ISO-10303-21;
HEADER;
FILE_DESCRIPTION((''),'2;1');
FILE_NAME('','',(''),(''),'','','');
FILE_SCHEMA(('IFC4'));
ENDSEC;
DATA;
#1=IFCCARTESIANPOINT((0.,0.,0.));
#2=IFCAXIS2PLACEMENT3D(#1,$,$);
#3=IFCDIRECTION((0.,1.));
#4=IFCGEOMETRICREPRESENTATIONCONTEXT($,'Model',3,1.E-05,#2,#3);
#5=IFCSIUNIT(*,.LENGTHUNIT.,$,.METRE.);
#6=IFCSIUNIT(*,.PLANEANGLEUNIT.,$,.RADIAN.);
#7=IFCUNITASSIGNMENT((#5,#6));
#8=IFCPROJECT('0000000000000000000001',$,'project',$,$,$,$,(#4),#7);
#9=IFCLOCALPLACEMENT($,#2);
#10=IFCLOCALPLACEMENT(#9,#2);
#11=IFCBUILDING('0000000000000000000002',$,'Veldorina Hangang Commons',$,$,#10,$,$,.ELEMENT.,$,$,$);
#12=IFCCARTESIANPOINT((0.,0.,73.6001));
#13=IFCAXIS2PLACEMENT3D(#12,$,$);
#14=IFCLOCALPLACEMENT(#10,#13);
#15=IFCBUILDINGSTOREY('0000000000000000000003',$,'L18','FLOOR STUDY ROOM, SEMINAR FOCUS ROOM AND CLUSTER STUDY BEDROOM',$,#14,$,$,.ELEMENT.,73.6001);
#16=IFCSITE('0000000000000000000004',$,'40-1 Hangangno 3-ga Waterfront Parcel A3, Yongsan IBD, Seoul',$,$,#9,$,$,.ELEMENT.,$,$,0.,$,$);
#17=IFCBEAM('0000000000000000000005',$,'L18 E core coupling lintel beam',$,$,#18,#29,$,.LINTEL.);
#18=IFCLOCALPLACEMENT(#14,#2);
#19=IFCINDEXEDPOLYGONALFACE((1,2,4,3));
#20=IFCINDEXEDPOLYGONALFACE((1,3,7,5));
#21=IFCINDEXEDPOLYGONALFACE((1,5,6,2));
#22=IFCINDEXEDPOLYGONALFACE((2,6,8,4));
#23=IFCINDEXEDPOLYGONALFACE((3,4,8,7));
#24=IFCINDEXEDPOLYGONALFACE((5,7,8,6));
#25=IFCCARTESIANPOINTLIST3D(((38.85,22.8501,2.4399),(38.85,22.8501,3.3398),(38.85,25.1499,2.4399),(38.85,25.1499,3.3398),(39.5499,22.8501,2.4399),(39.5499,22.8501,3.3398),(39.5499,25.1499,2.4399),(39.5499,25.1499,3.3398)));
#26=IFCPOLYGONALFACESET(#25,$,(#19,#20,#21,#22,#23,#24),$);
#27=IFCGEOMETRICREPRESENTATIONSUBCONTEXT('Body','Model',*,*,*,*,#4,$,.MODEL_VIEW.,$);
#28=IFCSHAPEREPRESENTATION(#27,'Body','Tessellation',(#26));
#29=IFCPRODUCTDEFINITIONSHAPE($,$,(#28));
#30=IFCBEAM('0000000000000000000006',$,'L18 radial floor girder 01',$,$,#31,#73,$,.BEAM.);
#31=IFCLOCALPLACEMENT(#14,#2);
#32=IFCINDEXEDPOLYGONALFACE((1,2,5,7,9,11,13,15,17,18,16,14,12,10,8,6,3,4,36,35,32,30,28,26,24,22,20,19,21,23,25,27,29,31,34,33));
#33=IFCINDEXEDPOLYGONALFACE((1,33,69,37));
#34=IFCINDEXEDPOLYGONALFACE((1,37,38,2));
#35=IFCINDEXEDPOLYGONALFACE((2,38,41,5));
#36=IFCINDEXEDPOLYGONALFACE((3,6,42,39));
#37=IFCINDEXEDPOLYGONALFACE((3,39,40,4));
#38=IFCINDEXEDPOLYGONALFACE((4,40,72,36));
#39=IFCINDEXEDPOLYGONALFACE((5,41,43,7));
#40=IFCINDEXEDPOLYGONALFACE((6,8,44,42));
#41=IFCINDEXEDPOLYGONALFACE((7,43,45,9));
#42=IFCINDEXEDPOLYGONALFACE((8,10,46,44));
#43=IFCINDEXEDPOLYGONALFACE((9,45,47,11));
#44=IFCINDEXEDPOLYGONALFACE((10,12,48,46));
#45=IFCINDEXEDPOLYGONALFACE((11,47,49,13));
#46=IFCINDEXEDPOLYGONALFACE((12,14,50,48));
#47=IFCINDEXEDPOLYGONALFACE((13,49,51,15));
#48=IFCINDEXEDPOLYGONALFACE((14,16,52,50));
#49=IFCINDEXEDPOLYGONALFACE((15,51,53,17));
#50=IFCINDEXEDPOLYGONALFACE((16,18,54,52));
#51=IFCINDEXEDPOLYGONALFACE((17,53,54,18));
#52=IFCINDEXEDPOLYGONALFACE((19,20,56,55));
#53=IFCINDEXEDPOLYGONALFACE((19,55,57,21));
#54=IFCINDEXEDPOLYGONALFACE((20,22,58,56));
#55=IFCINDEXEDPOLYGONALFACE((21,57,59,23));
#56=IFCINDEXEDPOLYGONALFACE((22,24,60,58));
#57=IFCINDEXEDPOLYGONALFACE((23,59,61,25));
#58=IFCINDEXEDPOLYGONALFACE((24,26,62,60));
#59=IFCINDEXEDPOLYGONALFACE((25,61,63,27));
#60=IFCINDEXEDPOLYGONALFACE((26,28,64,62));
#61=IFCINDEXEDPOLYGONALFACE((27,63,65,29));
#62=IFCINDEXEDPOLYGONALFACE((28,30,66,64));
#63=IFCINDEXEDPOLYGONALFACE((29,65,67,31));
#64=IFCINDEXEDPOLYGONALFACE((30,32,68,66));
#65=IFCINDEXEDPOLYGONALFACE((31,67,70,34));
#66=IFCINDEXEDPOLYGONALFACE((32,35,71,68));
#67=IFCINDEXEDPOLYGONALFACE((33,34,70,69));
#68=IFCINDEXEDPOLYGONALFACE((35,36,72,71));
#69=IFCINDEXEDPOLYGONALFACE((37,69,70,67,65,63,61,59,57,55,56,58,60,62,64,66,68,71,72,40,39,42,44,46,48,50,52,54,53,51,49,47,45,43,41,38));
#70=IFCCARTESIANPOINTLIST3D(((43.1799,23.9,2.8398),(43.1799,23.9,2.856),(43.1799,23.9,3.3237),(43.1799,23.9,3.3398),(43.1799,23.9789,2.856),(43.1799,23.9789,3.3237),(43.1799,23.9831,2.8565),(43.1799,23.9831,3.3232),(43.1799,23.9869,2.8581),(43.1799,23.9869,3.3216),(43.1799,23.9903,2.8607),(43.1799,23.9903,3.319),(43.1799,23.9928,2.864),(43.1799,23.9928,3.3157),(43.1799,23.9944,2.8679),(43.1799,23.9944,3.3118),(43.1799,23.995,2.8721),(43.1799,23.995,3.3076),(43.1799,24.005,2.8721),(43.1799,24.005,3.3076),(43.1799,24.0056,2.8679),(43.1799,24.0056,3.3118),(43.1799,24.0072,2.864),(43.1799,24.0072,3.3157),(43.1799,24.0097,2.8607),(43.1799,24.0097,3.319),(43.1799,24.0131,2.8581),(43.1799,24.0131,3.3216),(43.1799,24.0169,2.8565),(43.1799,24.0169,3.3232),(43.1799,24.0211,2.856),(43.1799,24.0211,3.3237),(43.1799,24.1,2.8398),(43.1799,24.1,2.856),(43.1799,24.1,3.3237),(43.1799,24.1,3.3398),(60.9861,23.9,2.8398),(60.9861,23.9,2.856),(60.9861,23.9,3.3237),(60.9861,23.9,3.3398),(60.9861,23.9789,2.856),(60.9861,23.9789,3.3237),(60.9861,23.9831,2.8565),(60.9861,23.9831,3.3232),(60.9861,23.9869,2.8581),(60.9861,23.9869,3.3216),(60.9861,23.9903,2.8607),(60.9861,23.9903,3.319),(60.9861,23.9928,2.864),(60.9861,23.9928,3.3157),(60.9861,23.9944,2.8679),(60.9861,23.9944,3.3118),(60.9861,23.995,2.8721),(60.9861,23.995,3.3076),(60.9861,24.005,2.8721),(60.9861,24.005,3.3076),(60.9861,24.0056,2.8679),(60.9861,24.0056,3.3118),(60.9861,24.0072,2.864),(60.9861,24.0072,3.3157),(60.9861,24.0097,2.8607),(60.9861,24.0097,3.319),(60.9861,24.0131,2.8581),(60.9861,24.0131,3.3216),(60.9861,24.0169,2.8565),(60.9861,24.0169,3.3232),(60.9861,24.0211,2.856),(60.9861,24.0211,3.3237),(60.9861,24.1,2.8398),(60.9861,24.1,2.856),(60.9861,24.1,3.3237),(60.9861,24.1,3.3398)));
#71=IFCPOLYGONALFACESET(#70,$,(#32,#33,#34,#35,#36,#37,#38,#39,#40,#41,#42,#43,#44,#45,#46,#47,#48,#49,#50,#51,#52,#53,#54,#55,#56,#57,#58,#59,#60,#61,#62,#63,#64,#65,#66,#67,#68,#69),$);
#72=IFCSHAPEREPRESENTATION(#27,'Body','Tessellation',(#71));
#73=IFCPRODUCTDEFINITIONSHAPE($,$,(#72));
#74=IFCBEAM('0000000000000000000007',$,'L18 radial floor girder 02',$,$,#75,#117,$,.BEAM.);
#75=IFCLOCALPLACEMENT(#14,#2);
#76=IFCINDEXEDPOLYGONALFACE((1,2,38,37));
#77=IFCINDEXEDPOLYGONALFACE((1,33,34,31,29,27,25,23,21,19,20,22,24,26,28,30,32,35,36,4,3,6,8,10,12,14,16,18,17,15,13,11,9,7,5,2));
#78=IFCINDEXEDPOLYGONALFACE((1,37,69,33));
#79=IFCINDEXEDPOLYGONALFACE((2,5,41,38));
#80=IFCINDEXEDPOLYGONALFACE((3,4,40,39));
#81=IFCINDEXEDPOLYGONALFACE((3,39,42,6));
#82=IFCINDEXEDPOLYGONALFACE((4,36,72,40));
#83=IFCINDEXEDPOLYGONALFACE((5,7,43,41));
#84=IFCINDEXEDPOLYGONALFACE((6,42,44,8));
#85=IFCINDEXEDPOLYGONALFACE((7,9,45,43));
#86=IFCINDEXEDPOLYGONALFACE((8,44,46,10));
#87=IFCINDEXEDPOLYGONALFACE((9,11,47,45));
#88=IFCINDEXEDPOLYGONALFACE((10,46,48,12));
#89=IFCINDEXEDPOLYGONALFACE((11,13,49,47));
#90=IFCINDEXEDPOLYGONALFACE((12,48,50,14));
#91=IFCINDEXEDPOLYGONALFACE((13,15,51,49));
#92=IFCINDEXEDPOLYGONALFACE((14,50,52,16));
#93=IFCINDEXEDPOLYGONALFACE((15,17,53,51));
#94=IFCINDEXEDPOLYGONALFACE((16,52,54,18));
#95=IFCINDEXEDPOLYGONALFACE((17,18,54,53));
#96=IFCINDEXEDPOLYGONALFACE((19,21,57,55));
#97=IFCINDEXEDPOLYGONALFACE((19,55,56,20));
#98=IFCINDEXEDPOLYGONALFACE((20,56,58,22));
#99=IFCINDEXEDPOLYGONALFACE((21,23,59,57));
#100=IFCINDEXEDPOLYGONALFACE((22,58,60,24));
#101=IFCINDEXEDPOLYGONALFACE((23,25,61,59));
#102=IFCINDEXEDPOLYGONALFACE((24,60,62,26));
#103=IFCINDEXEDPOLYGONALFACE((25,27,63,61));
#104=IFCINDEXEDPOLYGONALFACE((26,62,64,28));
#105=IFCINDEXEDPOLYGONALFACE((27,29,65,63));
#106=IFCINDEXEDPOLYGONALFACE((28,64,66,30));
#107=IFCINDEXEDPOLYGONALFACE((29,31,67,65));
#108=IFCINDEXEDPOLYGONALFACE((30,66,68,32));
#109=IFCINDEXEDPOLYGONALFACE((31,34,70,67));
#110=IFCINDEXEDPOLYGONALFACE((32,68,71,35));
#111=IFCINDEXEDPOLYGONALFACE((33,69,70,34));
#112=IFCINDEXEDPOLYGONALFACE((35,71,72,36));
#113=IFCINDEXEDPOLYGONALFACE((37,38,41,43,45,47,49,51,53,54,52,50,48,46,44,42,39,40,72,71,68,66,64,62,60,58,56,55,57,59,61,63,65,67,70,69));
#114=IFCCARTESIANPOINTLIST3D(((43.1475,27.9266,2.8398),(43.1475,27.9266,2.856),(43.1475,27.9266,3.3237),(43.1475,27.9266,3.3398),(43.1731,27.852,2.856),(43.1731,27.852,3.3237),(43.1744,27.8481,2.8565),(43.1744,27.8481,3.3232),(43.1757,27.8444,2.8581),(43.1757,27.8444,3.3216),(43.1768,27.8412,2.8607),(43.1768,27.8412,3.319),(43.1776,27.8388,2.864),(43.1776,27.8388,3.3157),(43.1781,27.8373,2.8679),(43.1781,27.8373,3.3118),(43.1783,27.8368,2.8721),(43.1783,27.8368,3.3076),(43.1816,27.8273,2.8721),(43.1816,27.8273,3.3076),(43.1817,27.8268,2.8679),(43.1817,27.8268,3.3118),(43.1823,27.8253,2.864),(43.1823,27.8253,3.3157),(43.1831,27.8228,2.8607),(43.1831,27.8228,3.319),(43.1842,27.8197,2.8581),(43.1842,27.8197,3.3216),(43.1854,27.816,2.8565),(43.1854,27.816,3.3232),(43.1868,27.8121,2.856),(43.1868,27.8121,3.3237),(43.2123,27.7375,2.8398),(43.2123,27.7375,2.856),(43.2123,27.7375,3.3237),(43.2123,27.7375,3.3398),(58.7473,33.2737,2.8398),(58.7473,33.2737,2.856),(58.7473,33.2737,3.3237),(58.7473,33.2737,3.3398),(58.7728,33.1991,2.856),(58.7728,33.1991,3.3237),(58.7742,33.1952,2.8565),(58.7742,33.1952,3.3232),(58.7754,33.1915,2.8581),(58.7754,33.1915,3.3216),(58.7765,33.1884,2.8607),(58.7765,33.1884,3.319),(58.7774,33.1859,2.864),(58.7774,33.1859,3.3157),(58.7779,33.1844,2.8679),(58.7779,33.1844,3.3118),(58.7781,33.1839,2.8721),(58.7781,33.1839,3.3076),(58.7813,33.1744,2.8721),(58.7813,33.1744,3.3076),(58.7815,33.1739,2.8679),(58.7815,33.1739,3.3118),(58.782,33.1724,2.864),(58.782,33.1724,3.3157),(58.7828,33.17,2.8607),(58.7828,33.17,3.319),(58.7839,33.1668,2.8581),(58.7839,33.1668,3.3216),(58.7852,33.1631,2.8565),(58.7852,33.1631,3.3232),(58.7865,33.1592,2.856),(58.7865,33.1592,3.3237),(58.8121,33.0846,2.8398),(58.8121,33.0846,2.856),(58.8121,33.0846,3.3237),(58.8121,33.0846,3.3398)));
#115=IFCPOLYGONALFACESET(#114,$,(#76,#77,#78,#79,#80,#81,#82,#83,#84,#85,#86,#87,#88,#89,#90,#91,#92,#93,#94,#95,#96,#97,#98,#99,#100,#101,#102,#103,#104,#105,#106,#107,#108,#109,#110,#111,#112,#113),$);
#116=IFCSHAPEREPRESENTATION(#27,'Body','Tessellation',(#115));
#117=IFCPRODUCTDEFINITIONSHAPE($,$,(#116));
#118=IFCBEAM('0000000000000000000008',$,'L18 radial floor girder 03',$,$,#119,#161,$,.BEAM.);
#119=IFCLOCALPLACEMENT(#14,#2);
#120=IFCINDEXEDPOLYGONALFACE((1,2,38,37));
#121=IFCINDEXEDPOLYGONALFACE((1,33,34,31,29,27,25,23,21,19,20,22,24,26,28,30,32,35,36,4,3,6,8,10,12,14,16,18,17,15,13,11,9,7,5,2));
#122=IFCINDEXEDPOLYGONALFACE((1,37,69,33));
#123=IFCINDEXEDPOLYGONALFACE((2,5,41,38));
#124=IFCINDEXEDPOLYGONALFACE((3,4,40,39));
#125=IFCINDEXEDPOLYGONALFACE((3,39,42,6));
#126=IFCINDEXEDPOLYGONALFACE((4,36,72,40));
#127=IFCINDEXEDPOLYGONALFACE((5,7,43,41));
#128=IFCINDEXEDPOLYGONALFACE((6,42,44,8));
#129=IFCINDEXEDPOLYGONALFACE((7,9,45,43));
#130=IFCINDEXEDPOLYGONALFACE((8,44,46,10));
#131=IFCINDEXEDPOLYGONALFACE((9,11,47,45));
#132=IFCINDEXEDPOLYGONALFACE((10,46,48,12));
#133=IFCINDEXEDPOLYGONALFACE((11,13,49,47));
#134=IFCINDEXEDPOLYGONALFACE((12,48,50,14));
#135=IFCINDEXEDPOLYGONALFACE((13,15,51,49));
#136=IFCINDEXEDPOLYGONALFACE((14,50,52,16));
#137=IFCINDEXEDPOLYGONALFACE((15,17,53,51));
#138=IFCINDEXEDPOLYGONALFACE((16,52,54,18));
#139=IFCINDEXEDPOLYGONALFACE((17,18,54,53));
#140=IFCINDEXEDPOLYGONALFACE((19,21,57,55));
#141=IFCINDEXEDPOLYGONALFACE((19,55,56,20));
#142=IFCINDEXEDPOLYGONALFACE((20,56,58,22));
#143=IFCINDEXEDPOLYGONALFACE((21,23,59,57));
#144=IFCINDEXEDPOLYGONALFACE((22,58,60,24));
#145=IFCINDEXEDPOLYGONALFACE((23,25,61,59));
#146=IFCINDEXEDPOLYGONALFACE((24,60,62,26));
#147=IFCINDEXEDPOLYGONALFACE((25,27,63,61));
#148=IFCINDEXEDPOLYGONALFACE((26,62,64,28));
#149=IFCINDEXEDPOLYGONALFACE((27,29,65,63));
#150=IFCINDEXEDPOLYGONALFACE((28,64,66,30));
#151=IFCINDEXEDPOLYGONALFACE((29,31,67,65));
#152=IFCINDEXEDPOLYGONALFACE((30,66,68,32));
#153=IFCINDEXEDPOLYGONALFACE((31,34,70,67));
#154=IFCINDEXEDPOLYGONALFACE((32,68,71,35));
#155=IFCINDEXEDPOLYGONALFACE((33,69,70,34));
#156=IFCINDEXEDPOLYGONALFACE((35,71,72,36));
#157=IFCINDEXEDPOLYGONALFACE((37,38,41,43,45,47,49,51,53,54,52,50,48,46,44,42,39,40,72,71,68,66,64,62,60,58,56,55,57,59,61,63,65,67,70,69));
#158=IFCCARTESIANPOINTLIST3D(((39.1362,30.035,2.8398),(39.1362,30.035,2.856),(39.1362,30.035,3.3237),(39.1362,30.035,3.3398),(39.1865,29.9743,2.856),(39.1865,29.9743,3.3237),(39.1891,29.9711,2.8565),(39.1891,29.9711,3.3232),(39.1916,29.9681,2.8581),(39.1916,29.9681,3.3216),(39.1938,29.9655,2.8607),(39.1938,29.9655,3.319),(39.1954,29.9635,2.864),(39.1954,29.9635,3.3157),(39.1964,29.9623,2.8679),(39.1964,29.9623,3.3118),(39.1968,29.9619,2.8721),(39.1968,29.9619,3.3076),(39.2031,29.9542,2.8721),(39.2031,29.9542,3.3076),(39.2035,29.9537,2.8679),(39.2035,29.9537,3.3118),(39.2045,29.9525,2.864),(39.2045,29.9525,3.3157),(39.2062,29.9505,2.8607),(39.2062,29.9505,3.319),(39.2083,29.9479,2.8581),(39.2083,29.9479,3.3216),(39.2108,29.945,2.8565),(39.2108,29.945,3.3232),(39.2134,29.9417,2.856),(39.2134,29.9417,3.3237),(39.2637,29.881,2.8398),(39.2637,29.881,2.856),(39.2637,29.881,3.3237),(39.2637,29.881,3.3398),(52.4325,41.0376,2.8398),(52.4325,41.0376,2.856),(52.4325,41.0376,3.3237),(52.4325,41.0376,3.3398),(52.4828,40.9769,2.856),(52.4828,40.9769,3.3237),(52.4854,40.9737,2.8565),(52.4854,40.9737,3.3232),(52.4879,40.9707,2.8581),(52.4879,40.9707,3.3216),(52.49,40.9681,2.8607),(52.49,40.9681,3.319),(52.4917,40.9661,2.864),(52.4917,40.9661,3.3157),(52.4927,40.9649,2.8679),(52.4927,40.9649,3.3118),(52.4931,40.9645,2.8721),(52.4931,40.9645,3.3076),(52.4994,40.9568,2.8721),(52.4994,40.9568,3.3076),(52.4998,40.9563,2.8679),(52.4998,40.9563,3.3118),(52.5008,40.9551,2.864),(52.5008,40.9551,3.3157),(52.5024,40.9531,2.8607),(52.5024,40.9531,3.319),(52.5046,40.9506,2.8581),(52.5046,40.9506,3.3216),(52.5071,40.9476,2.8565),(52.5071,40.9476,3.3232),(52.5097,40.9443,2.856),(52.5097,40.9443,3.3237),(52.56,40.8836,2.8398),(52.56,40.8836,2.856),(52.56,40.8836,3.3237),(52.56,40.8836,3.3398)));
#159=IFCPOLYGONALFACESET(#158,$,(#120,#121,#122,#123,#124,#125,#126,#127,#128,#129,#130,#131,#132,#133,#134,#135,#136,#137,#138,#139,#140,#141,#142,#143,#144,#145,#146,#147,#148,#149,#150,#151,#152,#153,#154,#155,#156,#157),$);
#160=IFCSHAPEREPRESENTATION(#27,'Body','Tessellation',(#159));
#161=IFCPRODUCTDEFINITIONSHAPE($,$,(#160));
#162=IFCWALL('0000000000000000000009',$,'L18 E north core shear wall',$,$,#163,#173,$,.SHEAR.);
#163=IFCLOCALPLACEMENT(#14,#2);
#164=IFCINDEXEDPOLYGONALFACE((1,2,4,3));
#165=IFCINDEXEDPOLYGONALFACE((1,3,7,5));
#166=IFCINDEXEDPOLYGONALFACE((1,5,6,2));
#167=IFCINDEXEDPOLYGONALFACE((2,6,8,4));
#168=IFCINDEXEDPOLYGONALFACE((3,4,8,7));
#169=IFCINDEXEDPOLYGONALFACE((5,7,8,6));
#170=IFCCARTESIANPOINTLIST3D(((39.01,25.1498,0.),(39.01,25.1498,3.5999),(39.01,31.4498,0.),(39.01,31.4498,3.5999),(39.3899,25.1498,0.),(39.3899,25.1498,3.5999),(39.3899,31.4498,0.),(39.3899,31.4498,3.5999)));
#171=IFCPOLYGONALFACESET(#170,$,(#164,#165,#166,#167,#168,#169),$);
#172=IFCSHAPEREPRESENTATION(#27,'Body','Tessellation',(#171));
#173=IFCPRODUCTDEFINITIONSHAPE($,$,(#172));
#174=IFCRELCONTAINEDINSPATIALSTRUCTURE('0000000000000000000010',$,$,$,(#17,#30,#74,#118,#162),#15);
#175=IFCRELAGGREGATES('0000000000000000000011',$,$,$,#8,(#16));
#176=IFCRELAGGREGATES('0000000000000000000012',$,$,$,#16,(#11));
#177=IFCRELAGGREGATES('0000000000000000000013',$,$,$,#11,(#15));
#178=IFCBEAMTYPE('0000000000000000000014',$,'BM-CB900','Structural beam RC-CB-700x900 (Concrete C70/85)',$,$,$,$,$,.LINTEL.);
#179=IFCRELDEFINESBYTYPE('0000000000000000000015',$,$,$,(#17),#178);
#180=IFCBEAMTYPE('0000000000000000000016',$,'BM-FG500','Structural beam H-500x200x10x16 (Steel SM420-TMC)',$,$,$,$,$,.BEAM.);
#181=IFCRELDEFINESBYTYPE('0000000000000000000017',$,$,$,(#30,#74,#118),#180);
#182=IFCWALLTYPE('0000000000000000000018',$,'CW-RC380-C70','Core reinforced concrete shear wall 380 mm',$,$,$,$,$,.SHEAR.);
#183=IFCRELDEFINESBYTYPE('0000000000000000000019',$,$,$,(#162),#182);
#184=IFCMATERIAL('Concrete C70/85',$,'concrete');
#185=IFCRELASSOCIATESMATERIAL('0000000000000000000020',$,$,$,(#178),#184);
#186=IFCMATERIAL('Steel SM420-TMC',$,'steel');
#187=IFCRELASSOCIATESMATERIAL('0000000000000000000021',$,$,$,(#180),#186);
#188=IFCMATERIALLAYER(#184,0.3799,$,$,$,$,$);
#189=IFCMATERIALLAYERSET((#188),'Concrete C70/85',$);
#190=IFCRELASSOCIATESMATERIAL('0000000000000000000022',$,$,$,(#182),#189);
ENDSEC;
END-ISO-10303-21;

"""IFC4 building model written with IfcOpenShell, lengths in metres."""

from ifc_helpers import new_model, si_unit, direction, frame, frame_2d, origin, origin_2d, place, context, subcontext, project, spatial, rectangle, i_section, extrude, material, layer, layer_set, material_profile, profile_set, type_object, element, save


model = new_model("IFC4")

# Units and contexts
model_context = context("Model", 3, precision=1e-05, world=origin(), true_north=direction((0.0, 1.0)))
body_context = subcontext(model_context, "Body", "Model", "MODEL_VIEW")
ifc_project = project(units=[si_unit("LENGTHUNIT", "METRE"), si_unit("PLANEANGLEUNIT", "RADIAN")], contexts=[model_context])

# Site, building, storey
site_placement = place(None, origin())
site = spatial("IfcSite", under=ifc_project, at=site_placement, Name="40-1 Hangangno 3-ga Waterfront Parcel A3, Yongsan IBD, Seoul", CompositionType="ELEMENT", RefElevation=0.0)
building_placement = place(site_placement, origin())
building = spatial("IfcBuilding", under=site, at=building_placement, Name="Veldorina Hangang Commons", CompositionType="ELEMENT")
storey_placement = place(building_placement, frame((0.0, 0.0, 73.6001)))
storey = spatial("IfcBuildingStorey", under=building, at=storey_placement, Name="L18", Description="FLOOR STUDY ROOM, SEMINAR FOCUS ROOM AND CLUSTER STUDY BEDROOM", CompositionType="ELEMENT", Elevation=73.6001)

# Beams
ifc_material_1 = material(Name="Concrete C70/85", Category="concrete")
ifc_material_profile_1 = material_profile(ifc_material_1, rectangle(XDim=0.7, YDim=0.8999, at=origin_2d()), Name="RC-CB-700x900")
ifc_profile_set_1 = profile_set([ifc_material_profile_1], Name="Concrete C70/85")
beam_type_1 = type_object("IfcBeamType", Name="BM-CB900", Description="Structural beam RC-CB-700x900 (Concrete C70/85)", PredefinedType="LINTEL", material=ifc_profile_set_1)
beam_1_placement = place(storey_placement, frame((39.2, 22.8501, 2.8899), z_axis=(0.0, 1.0, 0.0), x_axis=(-1.0, 0.0, 0.0)))
element("IfcBeam", 1, at=beam_1_placement, inside=storey, type_object=beam_type_1, Name="L18 E core coupling lintel beam", PredefinedType="LINTEL", context=body_context, shape_type="SweptSolid", body=[
    extrude(rectangle(XDim=0.7, YDim=0.8999, at=origin_2d()), origin(), (0.0, 0.0, 1.0), 2.2998),
])
ifc_material_2 = material(Name="Steel SM420-TMC", Category="steel")
ifc_material_profile_2 = material_profile(ifc_material_2, i_section(OverallWidth=0.2, OverallDepth=0.5, WebThickness=0.01, FlangeThickness=0.0161, FilletRadius=0.0161, at=origin_2d()), Name="H-500x200x10x16")
ifc_profile_set_2 = profile_set([ifc_material_profile_2], Name="Steel SM420-TMC")
beam_type_2 = type_object("IfcBeamType", Name="BM-FG500", Description="Structural beam H-500x200x10x16 (Steel SM420-TMC)", PredefinedType="BEAM", material=ifc_profile_set_2)
beam_2_placement = place(storey_placement, frame((43.1799, 24.0, 3.0898), z_axis=(1.0, 0.0, 0.0), x_axis=(0.0, 1.0, 0.0)))
element("IfcBeam", 2, at=beam_2_placement, inside=storey, type_object=beam_type_2, Name="L18 radial floor girder 01", PredefinedType="BEAM", context=body_context, shape_type="SweptSolid", body=[
    extrude(i_section(OverallWidth=0.2, OverallDepth=0.5, WebThickness=0.01, FlangeThickness=0.0161, FilletRadius=0.0161, at=origin_2d()), origin(), (0.0, 0.0, 1.0), 17.8062),
])
beam_3_placement = place(storey_placement, frame((43.1799, 27.832, 3.0898), z_axis=(0.945971, 0.324251, 0.0), x_axis=(-0.324251, 0.945971, 0.0)))
element("IfcBeam", 3, at=beam_3_placement, inside=storey, type_object=beam_type_2, Name="L18 radial floor girder 02", PredefinedType="BEAM", context=body_context, shape_type="SweptSolid", body=[
    extrude(i_section(OverallWidth=0.2, OverallDepth=0.5, WebThickness=0.01, FlangeThickness=0.0161, FilletRadius=0.0161, at=origin_2d()), origin(), (0.0, 0.0, 1.0), 16.4907),
])
beam_4_placement = place(storey_placement, frame((39.2, 29.958, 3.0898), z_axis=(0.770429, 0.637526, 0.0), x_axis=(-0.637526, 0.770429, 0.0)))
element("IfcBeam", 4, at=beam_4_placement, inside=storey, type_object=beam_type_2, Name="L18 radial floor girder 03", PredefinedType="BEAM", context=body_context, shape_type="SweptSolid", body=[
    extrude(i_section(OverallWidth=0.2, OverallDepth=0.5, WebThickness=0.01, FlangeThickness=0.0161, FilletRadius=0.0161, at=origin_2d()), origin(), (0.0, 0.0, 1.0), 17.2583),
])

# Wall
ifc_layer_1 = layer(ifc_material_1, 0.3799)
ifc_layer_set_1 = layer_set([ifc_layer_1], Name="Concrete C70/85")
wall_type_1 = type_object("IfcWallType", Name="CW-RC380-C70", Description="Core reinforced concrete shear wall 380 mm", PredefinedType="SHEAR", material=ifc_layer_set_1)
wall_1_placement = place(storey_placement, frame((39.2, 25.1499, 0.0), z_axis=(0.0, 0.0, 1.0), x_axis=(0.0, 1.0, 0.0)))
element("IfcWall", 5, at=wall_1_placement, inside=storey, type_object=wall_type_1, Name="L18 E north core shear wall", PredefinedType="SHEAR", context=body_context, shape_type="SweptSolid", body=[
    extrude(rectangle(XDim=6.3, YDim=0.3799, at=frame_2d((3.1499, 0.0))), origin(), (0.0, 0.0, 1.0), 3.5999),
])

save(model, "model.ifc")
